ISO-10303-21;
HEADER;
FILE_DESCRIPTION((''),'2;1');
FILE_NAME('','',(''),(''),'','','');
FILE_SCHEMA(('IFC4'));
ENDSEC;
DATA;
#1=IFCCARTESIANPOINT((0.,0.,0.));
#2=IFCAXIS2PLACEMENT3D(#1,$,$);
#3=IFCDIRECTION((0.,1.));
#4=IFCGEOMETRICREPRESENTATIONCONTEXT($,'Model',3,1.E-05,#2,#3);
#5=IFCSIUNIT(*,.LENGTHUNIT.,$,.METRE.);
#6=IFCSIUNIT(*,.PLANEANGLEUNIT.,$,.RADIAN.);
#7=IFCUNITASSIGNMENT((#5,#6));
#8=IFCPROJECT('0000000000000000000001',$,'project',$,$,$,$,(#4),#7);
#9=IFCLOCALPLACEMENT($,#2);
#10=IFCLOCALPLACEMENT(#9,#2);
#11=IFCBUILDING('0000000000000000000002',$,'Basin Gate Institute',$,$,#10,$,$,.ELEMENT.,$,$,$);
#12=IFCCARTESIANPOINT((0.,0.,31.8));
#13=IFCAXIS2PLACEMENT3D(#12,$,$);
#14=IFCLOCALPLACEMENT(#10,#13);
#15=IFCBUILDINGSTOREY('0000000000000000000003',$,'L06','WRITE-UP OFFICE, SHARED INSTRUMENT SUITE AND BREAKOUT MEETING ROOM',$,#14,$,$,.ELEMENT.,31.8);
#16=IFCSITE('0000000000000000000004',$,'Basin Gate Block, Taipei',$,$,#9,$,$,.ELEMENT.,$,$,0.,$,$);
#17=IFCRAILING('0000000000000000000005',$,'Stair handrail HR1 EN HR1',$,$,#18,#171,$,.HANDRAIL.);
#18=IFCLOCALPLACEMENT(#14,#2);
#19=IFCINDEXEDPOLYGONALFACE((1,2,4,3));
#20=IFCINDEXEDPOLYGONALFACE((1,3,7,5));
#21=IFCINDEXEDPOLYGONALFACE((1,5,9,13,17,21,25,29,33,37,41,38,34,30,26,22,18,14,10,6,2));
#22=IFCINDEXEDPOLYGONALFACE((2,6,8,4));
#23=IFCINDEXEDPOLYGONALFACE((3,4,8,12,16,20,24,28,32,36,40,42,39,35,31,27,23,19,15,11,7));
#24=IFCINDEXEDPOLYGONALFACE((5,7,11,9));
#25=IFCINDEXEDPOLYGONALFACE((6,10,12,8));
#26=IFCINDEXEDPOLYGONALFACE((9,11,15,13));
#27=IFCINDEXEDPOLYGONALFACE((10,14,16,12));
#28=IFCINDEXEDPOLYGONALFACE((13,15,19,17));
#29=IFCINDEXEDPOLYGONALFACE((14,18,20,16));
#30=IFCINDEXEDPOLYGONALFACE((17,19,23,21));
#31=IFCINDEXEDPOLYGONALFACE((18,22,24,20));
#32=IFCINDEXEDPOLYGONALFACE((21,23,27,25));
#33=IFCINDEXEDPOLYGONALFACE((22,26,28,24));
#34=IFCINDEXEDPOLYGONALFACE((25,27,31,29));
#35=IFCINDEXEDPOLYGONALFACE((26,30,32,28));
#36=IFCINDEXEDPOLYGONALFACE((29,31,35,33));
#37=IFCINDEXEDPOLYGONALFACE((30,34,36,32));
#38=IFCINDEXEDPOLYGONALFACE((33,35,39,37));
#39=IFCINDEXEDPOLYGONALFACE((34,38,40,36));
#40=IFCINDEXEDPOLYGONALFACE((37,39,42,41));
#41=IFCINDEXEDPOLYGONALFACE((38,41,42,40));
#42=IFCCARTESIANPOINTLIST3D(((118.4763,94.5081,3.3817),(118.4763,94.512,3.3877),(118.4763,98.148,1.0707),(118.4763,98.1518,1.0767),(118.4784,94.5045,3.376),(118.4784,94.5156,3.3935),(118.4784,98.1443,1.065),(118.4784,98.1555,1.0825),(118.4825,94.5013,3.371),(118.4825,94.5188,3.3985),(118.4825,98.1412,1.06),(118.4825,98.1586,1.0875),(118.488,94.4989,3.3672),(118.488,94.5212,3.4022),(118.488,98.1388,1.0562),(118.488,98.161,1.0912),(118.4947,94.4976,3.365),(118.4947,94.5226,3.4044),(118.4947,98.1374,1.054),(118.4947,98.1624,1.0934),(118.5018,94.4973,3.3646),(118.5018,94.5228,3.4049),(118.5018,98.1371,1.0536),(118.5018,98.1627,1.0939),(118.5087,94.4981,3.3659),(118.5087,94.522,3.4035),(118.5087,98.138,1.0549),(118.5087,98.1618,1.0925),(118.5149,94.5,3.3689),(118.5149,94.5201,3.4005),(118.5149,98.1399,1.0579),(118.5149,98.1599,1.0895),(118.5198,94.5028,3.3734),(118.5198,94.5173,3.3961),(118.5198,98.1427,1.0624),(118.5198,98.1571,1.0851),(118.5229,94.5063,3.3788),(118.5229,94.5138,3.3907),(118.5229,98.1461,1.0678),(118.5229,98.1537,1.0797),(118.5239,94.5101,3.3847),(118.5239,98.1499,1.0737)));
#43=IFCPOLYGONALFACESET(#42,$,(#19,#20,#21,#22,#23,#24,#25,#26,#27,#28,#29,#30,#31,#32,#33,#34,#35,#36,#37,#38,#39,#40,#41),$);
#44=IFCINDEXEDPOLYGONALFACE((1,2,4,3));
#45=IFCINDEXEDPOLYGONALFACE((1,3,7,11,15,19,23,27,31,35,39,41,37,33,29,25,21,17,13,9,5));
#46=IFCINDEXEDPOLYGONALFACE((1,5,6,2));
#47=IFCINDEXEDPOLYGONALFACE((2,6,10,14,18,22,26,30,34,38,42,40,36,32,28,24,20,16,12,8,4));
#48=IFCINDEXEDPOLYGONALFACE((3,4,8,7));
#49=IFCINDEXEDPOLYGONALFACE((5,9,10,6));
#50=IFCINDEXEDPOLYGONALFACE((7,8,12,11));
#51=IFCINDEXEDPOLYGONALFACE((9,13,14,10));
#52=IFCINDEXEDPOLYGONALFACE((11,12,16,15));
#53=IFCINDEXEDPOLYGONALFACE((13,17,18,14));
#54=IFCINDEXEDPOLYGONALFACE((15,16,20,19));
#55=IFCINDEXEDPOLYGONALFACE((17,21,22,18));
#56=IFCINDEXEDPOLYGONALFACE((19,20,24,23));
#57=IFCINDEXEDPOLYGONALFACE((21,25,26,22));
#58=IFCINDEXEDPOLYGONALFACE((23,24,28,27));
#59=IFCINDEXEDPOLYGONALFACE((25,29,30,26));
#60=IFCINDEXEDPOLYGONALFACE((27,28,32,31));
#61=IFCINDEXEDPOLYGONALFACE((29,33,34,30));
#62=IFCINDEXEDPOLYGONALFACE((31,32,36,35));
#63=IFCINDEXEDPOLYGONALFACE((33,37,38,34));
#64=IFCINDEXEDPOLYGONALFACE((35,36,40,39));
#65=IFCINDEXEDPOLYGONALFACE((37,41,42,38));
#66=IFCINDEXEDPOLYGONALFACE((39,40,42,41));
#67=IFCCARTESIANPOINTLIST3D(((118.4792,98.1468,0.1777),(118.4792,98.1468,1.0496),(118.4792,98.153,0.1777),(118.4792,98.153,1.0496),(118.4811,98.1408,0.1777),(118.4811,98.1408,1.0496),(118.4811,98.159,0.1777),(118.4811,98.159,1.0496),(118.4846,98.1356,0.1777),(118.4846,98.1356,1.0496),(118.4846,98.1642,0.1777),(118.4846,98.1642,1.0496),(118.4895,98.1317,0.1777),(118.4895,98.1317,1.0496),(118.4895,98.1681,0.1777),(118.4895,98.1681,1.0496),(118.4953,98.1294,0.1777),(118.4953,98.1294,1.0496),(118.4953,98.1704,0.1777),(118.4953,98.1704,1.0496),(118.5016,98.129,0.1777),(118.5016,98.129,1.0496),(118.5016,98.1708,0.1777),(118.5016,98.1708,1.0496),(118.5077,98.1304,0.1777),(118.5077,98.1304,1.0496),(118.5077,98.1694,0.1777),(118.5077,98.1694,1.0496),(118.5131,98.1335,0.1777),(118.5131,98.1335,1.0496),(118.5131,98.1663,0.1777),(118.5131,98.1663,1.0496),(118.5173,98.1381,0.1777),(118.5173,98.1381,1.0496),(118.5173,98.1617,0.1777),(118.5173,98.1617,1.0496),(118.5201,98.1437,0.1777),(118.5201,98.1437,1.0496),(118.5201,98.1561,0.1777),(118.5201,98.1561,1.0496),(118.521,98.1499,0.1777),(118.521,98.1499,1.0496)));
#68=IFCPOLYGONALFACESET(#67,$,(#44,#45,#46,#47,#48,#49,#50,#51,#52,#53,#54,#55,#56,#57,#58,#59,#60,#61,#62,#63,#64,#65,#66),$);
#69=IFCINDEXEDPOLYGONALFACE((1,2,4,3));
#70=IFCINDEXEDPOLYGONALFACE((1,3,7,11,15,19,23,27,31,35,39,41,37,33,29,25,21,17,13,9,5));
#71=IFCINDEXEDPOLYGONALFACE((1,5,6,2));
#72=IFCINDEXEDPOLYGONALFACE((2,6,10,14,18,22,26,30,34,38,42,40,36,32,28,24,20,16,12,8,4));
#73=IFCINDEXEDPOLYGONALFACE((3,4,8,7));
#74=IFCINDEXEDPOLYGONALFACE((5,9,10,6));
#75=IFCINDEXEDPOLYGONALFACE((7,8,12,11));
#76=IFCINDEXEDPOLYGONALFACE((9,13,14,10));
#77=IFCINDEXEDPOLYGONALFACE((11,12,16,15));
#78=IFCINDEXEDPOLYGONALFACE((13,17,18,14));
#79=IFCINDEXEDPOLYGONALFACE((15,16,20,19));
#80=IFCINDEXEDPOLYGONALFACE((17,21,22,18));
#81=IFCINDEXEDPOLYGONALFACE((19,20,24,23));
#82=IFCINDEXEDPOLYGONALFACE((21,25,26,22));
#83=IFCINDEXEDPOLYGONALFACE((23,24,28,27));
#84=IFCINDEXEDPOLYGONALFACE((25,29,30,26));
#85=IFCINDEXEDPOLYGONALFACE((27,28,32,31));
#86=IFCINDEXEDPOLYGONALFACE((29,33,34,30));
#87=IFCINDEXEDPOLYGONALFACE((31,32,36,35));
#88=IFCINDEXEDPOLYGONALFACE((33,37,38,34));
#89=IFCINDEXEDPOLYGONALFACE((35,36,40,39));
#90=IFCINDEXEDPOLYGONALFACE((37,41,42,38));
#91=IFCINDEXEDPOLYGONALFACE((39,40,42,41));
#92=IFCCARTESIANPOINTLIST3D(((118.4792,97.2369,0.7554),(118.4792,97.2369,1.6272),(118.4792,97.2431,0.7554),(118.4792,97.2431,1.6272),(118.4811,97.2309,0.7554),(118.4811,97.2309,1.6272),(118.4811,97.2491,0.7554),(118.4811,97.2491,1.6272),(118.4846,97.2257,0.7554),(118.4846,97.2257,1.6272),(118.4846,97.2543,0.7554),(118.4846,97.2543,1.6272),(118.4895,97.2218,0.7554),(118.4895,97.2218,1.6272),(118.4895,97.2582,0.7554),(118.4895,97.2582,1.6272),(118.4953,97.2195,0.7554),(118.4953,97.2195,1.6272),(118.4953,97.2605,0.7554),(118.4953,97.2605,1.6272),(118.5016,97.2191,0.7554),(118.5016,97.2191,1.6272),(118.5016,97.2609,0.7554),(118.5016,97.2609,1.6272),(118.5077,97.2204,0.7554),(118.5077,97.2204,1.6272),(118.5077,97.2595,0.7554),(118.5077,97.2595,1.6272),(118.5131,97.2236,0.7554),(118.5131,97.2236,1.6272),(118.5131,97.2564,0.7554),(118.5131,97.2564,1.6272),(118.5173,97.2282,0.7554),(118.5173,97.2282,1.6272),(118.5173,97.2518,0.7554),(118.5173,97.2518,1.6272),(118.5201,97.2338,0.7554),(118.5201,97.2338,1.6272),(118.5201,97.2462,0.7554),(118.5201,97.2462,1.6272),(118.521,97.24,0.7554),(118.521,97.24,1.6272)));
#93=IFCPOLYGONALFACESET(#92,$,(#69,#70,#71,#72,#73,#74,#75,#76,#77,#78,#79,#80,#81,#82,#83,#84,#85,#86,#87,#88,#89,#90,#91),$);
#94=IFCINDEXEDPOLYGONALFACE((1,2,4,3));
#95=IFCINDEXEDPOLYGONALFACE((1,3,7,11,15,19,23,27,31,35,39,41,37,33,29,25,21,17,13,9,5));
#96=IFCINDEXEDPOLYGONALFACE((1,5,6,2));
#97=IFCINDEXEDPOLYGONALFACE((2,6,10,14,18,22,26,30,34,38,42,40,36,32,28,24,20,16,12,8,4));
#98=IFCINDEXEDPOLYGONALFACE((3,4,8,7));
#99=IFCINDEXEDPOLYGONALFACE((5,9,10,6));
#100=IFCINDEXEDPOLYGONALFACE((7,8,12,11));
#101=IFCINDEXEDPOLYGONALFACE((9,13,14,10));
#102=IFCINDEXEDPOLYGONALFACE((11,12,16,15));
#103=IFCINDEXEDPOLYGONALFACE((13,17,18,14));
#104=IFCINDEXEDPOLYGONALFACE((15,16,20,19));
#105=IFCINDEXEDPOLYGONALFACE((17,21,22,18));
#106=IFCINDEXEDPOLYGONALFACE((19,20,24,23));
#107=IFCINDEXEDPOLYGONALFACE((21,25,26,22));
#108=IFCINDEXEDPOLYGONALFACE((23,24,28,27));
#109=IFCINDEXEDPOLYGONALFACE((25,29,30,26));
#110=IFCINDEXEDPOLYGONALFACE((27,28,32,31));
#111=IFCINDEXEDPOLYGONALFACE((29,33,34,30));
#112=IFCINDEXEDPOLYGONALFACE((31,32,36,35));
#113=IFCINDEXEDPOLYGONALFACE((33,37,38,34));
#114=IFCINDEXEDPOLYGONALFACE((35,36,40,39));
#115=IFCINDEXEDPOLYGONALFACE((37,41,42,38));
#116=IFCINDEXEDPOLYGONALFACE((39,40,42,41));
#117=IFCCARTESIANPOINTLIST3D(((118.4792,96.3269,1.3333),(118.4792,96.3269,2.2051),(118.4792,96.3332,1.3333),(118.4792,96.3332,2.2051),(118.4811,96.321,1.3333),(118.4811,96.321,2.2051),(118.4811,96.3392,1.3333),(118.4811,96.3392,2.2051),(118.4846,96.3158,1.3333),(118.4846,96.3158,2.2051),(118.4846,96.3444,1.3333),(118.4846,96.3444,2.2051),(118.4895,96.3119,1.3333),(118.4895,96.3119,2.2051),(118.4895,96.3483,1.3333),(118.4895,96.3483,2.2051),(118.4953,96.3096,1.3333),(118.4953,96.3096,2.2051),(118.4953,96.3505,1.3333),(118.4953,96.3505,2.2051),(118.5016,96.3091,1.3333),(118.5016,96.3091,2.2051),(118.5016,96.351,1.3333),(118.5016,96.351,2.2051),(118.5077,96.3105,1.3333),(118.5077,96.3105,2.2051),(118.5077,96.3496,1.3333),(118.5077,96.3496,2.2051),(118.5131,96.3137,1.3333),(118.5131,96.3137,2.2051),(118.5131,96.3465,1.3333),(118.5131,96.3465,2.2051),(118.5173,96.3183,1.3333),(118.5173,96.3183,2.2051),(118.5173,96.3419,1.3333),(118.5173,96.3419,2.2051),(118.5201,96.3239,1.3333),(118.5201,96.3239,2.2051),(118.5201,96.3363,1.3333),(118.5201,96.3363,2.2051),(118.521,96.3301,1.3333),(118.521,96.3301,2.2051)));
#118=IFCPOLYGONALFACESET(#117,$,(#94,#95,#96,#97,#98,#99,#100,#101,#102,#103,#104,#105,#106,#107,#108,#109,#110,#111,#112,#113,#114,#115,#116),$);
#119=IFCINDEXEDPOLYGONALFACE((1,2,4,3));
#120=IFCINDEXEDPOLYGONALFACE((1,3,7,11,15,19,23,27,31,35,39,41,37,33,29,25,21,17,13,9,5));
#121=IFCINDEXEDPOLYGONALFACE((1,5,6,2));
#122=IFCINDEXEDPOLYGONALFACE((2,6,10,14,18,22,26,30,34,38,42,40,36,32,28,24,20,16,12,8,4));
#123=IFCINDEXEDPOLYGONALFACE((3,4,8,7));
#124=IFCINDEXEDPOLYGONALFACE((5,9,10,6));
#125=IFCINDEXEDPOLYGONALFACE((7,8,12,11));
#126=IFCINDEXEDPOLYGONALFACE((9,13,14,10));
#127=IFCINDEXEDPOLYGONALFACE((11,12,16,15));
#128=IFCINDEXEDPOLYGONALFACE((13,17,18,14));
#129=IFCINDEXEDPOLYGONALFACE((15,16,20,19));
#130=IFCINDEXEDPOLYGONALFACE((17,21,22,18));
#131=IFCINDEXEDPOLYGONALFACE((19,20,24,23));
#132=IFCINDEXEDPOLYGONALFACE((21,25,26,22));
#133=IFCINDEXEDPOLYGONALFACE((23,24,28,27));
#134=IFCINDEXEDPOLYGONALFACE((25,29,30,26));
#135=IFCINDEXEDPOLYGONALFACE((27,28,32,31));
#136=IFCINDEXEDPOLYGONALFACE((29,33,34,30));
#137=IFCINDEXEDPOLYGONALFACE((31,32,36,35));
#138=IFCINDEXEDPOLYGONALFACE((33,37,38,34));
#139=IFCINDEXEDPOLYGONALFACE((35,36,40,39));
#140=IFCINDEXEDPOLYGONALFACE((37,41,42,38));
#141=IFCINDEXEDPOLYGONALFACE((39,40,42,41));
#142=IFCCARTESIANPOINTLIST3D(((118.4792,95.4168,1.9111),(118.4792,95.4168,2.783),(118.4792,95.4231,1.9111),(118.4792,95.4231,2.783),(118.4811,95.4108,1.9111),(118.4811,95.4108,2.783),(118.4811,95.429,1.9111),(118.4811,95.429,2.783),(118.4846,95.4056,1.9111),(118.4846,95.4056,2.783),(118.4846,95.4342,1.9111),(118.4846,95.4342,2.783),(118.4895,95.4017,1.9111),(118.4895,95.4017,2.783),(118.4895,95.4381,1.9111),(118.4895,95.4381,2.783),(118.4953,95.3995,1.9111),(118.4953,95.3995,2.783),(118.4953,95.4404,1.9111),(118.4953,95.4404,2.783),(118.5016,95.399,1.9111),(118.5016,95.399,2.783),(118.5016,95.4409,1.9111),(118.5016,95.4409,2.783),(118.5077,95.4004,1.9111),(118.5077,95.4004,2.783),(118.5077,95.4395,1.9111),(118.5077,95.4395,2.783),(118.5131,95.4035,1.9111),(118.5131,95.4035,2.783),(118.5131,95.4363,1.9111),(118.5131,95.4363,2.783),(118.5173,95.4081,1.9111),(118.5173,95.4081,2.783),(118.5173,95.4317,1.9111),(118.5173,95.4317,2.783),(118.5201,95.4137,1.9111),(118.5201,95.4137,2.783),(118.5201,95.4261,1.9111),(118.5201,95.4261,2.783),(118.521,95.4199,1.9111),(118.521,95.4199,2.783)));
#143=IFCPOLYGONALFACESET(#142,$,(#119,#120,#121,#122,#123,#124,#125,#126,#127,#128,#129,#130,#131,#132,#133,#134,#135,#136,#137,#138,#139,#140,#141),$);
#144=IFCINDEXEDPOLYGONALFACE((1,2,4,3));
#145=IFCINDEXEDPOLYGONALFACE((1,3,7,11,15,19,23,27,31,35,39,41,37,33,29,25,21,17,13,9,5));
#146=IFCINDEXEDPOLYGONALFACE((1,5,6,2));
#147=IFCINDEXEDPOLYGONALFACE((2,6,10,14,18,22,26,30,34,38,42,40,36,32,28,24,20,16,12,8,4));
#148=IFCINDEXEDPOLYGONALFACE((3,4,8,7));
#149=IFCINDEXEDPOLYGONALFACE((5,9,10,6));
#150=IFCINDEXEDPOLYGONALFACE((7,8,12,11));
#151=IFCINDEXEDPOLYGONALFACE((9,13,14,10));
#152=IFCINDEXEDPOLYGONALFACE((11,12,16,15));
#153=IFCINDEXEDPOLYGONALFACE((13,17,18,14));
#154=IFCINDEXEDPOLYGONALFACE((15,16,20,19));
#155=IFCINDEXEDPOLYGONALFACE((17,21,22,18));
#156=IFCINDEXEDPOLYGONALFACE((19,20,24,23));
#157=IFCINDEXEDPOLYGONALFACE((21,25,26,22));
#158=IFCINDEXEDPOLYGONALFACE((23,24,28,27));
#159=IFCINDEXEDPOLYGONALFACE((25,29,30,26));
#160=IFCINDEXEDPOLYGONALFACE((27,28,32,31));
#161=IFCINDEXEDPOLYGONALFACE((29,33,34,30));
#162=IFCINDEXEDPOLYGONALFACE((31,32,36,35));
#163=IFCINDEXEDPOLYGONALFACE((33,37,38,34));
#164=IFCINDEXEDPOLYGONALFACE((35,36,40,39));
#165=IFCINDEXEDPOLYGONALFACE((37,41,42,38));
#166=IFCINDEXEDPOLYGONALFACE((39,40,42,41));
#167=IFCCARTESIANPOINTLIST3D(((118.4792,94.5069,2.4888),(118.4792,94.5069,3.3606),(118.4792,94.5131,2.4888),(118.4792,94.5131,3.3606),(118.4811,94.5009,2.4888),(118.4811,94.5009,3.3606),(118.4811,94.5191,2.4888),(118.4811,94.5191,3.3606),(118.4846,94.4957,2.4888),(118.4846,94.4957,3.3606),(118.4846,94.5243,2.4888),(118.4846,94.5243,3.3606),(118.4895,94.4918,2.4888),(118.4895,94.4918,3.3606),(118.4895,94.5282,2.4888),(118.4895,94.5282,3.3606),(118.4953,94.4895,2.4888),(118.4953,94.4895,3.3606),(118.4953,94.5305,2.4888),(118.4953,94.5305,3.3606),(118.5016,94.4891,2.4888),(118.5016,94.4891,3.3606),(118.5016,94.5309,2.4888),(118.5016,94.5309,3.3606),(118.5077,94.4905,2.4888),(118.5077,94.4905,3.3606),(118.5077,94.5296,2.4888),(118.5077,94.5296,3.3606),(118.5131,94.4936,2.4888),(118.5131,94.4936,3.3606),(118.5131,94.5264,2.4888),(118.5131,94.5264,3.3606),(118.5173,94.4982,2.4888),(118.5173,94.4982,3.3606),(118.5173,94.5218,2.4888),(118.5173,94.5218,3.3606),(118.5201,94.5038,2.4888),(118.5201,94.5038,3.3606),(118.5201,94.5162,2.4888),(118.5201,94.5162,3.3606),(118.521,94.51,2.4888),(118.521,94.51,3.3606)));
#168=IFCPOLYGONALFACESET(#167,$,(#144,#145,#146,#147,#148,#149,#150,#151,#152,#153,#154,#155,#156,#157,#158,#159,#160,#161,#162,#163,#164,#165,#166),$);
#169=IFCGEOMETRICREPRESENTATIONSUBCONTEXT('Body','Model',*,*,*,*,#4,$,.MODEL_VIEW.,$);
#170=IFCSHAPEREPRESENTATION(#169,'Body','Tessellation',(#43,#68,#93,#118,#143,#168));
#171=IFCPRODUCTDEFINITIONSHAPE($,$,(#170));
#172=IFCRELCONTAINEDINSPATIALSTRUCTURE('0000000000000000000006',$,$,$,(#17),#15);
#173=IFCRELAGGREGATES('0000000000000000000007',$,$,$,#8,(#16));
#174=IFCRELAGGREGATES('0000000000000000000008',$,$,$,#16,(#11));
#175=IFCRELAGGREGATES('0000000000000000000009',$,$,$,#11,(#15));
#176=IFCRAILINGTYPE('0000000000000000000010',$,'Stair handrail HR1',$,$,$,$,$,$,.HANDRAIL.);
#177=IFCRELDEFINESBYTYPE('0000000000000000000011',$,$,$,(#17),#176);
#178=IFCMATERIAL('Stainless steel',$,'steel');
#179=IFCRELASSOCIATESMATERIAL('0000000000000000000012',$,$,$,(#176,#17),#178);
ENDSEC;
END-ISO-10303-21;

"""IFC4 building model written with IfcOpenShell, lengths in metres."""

from ifc_helpers import new_model, si_unit, direction, frame, origin, origin_2d, place, context, subcontext, project, spatial, circle, extrude, material, type_object, element, save


model = new_model("IFC4")

# Units and contexts
model_context = context("Model", 3, precision=1e-05, world=origin(), true_north=direction((0.0, 1.0)))
body_context = subcontext(model_context, "Body", "Model", "MODEL_VIEW")
ifc_project = project(units=[si_unit("LENGTHUNIT", "METRE"), si_unit("PLANEANGLEUNIT", "RADIAN")], contexts=[model_context])

# Site, building, storey
site_placement = place(None, origin())
site = spatial("IfcSite", under=ifc_project, at=site_placement, Name="Basin Gate Block, Taipei", CompositionType="ELEMENT", RefElevation=0.0)
building_placement = place(site_placement, origin())
building = spatial("IfcBuilding", under=site, at=building_placement, Name="Basin Gate Institute", CompositionType="ELEMENT")
storey_placement = place(building_placement, frame((0.0, 0.0, 31.8)))
storey = spatial("IfcBuildingStorey", under=building, at=storey_placement, Name="L06", Description="WRITE-UP OFFICE, SHARED INSTRUMENT SUITE AND BREAKOUT MEETING ROOM", CompositionType="ELEMENT", Elevation=31.8)

# Railing
ifc_material_1 = material(Name="Stainless steel", Category="steel")
railing_type_1 = type_object("IfcRailingType", Name="Stair handrail HR1", PredefinedType="HANDRAIL", material=ifc_material_1)
for number, where, name in (
    (1, (118.5, 98.1499, 0.1777), "Stair handrail HR1 EN HR1"),
):
    element("IfcRailing", number, at=place(storey_placement, frame(where)), inside=storey, type_object=railing_type_1, material=ifc_material_1, Name=name, PredefinedType="HANDRAIL", context=body_context, shape_type="SweptSolid", body=[
        extrude(circle(Radius=0.0239, at=origin_2d()), frame((0.0, 0.0, 0.896), z_axis=(0.0, -0.844214, 0.536007), x_axis=(1.0, 0.0, 0.0)), (0.0, 0.0, 1.0), 4.3115),
        extrude(circle(Radius=0.021, at=origin_2d()), origin(), (0.0, 0.0, 1.0), 0.8718),
        extrude(circle(Radius=0.021, at=origin_2d()), frame((0.0, -0.9099, 0.5776)), (0.0, 0.0, 1.0), 0.8718),
        extrude(circle(Radius=0.021, at=origin_2d()), frame((0.0, -1.8198, 1.1555)), (0.0, 0.0, 1.0), 0.8718),
        extrude(circle(Radius=0.021, at=origin_2d()), frame((0.0, -2.73, 1.7334)), (0.0, 0.0, 1.0), 0.8718),
        extrude(circle(Radius=0.021, at=origin_2d()), frame((0.0, -3.6399, 2.311)), (0.0, 0.0, 1.0), 0.8718),
    ])

save(model, "model.ifc")
